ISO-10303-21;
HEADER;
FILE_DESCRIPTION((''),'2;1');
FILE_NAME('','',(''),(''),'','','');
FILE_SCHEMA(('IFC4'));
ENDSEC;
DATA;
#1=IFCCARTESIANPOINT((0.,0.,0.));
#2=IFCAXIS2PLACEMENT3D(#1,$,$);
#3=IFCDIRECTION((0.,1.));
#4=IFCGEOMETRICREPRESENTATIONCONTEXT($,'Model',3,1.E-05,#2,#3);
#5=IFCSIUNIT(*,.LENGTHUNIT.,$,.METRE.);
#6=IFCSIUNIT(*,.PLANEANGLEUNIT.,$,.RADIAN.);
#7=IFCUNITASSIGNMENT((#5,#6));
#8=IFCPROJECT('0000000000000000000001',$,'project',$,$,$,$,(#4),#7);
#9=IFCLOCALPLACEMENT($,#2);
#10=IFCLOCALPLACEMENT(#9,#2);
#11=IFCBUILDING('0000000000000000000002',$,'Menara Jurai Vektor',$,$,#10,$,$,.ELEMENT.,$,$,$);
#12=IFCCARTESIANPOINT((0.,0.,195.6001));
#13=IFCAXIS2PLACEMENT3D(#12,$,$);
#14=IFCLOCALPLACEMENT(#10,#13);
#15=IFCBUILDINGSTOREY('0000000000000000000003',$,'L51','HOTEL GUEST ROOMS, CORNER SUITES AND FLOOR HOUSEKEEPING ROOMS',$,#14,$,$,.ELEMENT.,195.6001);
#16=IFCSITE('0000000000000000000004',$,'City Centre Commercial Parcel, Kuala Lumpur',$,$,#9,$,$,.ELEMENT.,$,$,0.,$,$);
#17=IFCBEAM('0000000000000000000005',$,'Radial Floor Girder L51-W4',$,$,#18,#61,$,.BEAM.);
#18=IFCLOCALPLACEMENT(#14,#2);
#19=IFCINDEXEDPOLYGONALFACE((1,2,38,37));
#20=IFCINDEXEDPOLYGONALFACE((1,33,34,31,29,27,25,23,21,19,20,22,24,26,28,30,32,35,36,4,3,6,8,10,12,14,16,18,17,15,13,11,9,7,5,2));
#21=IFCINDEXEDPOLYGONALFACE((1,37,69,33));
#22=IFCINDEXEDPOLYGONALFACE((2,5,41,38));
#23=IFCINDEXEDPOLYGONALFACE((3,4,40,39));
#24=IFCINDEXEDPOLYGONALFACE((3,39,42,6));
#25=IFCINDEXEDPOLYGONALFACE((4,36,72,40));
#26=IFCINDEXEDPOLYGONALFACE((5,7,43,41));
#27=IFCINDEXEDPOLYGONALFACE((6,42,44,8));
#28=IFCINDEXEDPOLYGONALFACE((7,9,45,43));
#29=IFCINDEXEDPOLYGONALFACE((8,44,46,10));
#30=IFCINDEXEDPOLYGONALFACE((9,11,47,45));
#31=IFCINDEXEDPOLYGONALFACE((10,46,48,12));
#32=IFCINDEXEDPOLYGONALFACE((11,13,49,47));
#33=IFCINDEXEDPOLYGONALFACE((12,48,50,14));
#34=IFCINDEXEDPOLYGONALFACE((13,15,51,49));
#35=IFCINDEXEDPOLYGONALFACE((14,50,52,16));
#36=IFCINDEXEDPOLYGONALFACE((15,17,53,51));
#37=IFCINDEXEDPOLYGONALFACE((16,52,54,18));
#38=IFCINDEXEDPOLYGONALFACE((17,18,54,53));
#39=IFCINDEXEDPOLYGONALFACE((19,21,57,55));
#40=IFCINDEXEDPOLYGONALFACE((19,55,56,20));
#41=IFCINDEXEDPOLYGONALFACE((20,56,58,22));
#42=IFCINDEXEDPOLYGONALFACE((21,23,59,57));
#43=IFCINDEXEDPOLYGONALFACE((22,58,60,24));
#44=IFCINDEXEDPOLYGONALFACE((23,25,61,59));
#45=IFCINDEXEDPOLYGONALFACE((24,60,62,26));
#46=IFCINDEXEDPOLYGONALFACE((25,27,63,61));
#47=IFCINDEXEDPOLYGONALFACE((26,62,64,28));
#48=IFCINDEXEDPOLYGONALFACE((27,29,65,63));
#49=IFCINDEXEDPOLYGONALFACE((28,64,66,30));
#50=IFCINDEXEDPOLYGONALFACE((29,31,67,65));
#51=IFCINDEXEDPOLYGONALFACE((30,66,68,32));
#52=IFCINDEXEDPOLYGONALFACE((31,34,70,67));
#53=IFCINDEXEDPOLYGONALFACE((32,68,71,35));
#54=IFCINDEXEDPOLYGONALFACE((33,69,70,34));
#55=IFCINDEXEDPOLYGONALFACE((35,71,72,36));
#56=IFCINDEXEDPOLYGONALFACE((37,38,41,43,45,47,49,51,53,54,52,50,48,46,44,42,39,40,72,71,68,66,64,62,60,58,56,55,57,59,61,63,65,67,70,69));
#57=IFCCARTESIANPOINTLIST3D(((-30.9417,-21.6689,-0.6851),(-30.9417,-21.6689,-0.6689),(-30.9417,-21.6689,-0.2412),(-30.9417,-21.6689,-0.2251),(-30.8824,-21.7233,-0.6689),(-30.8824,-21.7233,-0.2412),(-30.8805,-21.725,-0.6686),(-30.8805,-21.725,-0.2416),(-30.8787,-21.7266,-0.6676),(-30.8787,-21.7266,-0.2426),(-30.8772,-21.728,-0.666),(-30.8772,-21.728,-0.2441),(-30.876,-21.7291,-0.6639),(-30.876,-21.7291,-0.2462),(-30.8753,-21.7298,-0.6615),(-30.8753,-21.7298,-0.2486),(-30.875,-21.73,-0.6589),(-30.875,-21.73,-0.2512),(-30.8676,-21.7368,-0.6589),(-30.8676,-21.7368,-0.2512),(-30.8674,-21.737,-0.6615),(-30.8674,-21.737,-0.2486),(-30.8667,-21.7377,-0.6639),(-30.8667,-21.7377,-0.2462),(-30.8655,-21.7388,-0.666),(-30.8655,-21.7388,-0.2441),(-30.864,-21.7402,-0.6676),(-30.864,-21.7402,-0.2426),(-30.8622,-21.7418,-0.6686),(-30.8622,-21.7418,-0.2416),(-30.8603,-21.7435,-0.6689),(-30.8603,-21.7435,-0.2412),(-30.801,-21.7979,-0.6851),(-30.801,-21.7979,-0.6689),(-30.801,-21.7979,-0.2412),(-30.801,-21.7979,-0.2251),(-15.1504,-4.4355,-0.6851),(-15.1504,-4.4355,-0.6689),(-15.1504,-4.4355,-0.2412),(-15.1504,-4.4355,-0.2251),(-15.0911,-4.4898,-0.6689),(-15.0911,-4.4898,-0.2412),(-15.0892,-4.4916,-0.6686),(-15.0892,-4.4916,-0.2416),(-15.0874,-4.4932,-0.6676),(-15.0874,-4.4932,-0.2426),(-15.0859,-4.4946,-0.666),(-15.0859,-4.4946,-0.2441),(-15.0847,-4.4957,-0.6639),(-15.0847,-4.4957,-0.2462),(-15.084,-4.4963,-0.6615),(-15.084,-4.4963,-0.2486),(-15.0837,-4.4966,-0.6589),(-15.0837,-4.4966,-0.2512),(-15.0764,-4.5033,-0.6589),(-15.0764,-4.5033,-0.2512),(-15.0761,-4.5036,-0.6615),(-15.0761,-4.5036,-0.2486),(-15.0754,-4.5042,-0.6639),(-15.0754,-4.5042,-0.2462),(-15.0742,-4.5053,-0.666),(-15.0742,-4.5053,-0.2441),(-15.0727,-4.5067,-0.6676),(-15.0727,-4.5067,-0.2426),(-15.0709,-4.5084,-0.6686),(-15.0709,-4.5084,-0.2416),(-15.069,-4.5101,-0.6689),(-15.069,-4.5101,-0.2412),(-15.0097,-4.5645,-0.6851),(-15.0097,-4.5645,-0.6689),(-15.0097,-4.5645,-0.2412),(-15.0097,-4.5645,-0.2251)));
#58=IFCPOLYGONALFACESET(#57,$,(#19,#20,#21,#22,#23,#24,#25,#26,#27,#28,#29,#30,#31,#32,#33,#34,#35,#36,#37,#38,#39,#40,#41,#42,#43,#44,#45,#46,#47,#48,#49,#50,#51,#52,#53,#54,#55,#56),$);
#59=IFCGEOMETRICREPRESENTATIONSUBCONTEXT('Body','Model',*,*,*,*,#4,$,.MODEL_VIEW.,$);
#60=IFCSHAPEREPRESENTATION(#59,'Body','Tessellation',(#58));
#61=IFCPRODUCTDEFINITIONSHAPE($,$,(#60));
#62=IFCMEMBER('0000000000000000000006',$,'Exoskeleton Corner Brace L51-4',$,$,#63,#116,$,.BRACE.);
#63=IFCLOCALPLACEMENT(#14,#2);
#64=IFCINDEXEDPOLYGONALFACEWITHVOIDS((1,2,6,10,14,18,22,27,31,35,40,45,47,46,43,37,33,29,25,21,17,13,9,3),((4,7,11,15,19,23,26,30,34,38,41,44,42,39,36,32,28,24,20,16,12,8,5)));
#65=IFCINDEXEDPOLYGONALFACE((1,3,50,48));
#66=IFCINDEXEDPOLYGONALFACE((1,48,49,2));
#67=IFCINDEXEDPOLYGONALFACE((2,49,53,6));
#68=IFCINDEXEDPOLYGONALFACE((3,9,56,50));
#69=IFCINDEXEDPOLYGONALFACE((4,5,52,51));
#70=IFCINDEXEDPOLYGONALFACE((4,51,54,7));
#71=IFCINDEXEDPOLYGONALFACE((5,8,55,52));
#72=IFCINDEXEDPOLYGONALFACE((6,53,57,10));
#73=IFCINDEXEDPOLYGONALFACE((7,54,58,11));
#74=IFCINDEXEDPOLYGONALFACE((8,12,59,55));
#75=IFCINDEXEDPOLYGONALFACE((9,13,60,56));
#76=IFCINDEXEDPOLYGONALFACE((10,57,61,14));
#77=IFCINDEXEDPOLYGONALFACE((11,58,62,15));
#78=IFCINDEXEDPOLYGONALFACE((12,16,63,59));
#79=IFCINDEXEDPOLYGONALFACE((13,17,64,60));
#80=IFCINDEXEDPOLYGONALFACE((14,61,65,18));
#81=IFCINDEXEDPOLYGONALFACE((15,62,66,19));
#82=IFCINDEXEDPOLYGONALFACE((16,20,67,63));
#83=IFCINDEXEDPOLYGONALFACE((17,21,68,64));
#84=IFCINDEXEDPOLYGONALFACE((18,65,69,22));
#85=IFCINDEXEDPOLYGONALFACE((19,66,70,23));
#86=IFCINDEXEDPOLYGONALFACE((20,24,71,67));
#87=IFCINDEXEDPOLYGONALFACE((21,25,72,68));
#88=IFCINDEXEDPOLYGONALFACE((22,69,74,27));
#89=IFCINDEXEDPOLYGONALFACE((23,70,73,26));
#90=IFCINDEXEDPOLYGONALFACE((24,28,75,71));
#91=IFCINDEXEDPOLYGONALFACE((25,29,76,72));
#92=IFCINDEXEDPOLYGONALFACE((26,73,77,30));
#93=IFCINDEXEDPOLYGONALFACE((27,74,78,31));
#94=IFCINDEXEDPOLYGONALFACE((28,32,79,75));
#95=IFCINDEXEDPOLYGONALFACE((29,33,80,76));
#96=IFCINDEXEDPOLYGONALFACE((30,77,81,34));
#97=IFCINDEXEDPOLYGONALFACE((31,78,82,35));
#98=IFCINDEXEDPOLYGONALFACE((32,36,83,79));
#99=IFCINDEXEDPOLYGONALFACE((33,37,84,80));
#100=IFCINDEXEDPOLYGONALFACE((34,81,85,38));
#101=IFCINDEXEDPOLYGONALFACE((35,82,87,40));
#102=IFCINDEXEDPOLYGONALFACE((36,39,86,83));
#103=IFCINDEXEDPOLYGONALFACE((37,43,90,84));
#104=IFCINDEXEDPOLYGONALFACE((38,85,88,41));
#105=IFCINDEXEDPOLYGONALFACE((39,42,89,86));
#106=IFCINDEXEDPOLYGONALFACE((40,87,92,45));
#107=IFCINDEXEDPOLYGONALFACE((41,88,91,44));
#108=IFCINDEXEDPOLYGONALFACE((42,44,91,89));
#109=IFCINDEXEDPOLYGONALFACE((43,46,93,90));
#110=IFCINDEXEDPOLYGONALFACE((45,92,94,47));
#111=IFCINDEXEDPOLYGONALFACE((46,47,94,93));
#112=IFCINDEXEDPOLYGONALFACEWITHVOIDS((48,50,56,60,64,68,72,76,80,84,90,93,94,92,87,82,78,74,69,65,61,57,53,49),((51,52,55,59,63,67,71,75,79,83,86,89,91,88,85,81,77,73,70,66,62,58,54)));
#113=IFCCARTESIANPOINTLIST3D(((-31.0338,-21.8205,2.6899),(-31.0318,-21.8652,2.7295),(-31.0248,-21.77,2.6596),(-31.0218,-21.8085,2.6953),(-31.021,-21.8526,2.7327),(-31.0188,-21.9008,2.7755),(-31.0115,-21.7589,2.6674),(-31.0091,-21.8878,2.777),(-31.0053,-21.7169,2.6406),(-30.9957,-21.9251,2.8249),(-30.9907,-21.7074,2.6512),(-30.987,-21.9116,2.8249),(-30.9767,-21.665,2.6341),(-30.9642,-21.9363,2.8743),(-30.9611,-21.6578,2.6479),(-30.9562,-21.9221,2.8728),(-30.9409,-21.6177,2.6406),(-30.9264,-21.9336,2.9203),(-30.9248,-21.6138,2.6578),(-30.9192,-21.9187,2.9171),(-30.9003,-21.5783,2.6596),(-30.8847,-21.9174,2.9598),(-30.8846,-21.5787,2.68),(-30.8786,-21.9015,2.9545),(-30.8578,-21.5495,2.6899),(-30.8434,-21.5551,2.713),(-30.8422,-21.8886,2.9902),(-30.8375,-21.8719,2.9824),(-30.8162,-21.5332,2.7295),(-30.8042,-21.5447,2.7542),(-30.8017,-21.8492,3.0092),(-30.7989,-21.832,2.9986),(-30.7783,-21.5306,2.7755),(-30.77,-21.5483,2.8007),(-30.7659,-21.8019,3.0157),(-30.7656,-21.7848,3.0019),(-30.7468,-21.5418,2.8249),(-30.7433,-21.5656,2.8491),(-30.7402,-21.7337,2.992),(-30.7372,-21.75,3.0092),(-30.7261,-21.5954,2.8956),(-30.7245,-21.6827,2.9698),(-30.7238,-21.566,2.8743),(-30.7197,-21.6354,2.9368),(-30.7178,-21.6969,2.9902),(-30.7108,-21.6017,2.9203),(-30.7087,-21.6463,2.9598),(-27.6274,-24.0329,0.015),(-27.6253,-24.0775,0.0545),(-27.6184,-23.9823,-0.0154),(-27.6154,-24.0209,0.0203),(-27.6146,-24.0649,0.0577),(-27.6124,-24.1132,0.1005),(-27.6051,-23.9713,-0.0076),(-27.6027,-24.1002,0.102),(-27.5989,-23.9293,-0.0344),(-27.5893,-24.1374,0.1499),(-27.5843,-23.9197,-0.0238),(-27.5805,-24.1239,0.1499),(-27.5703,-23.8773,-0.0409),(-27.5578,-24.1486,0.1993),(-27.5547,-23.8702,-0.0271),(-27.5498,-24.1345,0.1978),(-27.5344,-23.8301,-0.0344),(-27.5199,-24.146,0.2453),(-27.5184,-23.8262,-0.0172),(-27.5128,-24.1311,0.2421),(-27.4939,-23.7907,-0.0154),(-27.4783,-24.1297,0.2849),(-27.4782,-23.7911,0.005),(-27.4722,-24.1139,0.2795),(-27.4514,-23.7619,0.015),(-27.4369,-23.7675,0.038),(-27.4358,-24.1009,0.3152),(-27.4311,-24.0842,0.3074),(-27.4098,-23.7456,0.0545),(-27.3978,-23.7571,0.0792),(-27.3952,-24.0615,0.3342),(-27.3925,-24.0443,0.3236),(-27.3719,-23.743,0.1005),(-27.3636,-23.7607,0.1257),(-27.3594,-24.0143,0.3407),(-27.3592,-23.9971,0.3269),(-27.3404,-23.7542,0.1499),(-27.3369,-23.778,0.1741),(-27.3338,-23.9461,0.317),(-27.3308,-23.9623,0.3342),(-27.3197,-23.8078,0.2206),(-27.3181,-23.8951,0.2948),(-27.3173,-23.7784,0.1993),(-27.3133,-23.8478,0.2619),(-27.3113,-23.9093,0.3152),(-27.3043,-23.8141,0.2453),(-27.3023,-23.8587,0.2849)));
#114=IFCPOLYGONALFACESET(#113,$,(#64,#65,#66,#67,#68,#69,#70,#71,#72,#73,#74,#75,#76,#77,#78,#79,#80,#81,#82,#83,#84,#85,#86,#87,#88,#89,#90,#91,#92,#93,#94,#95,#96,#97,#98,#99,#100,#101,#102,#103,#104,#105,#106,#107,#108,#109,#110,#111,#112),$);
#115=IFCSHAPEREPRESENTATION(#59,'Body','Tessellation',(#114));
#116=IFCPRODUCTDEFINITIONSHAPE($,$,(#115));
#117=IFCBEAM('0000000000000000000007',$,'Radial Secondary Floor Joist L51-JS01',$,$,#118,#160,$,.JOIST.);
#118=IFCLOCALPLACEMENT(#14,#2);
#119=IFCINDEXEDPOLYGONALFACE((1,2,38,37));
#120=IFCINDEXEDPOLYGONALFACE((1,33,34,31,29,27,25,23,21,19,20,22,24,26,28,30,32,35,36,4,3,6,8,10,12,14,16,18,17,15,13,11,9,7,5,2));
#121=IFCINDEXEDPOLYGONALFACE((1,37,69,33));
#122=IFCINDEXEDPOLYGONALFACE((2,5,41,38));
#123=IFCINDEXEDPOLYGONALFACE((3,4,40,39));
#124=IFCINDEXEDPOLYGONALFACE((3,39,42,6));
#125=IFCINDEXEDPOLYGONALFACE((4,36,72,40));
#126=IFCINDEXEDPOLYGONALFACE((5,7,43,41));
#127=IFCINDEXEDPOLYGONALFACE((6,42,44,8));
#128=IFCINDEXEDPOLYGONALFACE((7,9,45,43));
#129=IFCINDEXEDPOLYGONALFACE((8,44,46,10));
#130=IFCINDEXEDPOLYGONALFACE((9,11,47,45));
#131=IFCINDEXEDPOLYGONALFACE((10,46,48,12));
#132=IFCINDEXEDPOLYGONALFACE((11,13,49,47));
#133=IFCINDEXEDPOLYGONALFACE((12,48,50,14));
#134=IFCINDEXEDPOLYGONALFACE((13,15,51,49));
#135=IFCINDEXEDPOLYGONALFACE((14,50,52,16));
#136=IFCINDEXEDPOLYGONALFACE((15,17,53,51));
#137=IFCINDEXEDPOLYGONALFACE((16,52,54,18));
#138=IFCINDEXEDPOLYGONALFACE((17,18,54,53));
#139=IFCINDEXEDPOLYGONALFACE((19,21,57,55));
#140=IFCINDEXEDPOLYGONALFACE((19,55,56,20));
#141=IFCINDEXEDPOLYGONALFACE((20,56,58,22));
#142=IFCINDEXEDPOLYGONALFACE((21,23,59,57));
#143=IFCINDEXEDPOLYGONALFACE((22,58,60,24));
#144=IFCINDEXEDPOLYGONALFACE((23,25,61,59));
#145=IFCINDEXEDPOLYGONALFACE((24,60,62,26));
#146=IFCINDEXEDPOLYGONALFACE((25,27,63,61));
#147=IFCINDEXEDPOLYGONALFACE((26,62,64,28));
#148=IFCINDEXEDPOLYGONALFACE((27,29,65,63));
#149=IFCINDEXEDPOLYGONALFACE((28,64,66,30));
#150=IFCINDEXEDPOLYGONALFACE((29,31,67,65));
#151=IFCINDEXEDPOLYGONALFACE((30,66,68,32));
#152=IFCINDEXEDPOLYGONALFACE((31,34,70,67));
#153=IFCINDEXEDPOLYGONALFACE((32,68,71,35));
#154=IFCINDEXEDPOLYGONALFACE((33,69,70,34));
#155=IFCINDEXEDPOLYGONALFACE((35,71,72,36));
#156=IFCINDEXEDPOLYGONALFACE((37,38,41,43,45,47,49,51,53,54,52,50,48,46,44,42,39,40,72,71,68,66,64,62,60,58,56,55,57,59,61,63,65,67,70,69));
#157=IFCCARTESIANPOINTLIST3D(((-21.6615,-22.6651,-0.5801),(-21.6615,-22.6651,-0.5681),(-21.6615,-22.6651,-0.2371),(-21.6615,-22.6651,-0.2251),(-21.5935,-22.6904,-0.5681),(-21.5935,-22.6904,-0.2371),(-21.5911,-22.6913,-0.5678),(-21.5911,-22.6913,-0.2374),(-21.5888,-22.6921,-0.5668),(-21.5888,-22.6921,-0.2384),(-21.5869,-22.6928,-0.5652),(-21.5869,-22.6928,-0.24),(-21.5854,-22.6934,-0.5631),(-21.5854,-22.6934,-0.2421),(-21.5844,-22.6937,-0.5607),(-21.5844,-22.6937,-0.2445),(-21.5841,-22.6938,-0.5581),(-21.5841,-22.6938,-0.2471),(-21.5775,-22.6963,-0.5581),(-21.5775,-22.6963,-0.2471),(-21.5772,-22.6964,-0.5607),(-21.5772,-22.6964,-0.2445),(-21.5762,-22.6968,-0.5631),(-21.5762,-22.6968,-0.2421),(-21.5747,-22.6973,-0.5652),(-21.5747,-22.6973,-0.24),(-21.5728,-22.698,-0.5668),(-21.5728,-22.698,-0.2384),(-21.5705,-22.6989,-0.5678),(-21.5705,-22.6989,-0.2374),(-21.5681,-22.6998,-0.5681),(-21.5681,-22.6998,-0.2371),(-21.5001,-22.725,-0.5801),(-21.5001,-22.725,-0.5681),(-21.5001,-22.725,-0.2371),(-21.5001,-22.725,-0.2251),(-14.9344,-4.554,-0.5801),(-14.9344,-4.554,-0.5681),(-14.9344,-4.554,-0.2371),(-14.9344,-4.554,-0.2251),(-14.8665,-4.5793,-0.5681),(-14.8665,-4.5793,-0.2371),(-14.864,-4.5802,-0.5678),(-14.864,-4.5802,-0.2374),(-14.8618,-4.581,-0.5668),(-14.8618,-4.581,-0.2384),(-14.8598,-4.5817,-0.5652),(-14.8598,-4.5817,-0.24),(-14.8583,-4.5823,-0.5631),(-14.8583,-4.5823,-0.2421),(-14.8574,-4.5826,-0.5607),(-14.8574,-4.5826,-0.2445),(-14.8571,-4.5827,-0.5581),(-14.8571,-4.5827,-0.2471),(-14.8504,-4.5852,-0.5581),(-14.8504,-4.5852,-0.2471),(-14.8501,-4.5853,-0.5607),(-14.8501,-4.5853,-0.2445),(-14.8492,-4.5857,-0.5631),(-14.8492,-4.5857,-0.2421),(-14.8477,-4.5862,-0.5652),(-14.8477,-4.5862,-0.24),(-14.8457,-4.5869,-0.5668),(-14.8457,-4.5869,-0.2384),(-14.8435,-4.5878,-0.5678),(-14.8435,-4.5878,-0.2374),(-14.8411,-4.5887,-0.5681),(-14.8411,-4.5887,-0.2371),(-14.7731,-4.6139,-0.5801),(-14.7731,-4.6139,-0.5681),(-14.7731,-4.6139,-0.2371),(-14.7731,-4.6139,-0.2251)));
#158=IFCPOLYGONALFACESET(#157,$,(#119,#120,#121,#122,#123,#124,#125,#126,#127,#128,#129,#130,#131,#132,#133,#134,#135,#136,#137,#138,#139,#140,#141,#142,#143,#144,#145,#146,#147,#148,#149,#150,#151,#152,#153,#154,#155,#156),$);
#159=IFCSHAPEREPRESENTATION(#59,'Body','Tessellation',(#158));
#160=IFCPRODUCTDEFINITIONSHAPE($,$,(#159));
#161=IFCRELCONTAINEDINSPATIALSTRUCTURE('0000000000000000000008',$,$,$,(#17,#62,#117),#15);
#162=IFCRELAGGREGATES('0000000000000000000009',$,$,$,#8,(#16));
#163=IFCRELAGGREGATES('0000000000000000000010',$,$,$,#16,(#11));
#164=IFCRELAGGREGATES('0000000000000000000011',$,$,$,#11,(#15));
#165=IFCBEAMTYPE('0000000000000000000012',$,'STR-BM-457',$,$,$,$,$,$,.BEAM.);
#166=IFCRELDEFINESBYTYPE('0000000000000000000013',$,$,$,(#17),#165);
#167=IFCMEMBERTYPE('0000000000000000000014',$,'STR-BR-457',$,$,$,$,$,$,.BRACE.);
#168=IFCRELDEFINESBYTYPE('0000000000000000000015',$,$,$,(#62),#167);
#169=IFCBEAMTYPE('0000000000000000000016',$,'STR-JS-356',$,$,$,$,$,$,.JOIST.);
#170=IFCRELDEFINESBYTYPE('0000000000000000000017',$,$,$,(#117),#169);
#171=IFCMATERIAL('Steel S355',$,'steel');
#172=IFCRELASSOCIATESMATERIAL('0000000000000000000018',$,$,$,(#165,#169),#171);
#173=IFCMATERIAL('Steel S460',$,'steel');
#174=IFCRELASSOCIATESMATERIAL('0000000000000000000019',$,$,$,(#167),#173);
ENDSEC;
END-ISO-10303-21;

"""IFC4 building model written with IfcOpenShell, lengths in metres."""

from ifc_helpers import new_model, si_unit, direction, frame, origin, origin_2d, place, context, subcontext, project, spatial, hollow_circle, i_section, extrude, material, material_profile, profile_set, type_object, element, save


model = new_model("IFC4")

# Units and contexts
model_context = context("Model", 3, precision=1e-05, world=origin(), true_north=direction((0.0, 1.0)))
body_context = subcontext(model_context, "Body", "Model", "MODEL_VIEW")
ifc_project = project(units=[si_unit("LENGTHUNIT", "METRE"), si_unit("PLANEANGLEUNIT", "RADIAN")], contexts=[model_context])

# Site, building, storey
site_placement = place(None, origin())
site = spatial("IfcSite", under=ifc_project, at=site_placement, Name="City Centre Commercial Parcel, Kuala Lumpur", CompositionType="ELEMENT", RefElevation=0.0)
building_placement = place(site_placement, origin())
building = spatial("IfcBuilding", under=site, at=building_placement, Name="Menara Jurai Vektor", CompositionType="ELEMENT")
storey_placement = place(building_placement, frame((0.0, 0.0, 195.6001)))
storey = spatial("IfcBuildingStorey", under=building, at=storey_placement, Name="L51", Description="HOTEL GUEST ROOMS, CORNER SUITES AND FLOOR HOUSEKEEPING ROOMS", CompositionType="ELEMENT", Elevation=195.6001)

# Shared definitions
ifc_material_1 = material(Name="Steel S460", Category="steel")

# Beam
ifc_material_2 = material(Name="Steel S355", Category="steel")
ifc_material_profile_1 = material_profile(ifc_material_2, i_section(OverallWidth=0.1909, OverallDepth=0.46, WebThickness=0.01, FlangeThickness=0.0161, FilletRadius=0.01, at=origin_2d()), Name="UKB 457x191x82")
ifc_profile_set_1 = profile_set([ifc_material_profile_1], Name="Steel S355")
beam_type_1 = type_object("IfcBeamType", Name="STR-BM-457", PredefinedType="BEAM", material=ifc_profile_set_1)
beam_1_placement = place(storey_placement, frame((-30.8713, -21.7334, -0.4551), z_axis=(0.675585, 0.737282, 0.0), x_axis=(-0.737282, 0.675585, 0.0)))
element("IfcBeam", 1, at=beam_1_placement, inside=storey, type_object=beam_type_1, Name="Radial Floor Girder L51-W4", PredefinedType="BEAM", context=body_context, shape_type="SweptSolid", body=[
    extrude(i_section(OverallWidth=0.1909, OverallDepth=0.46, WebThickness=0.01, FlangeThickness=0.0161, FilletRadius=0.01, at=origin_2d()), origin(), (0.0, 0.0, 1.0), 23.3743),
])

# Member
ifc_material_profile_2 = material_profile(ifc_material_1, hollow_circle(Radius=0.2285, WallThickness=0.0161, at=origin_2d()), Name="CHS 457x16")
ifc_profile_set_2 = profile_set([ifc_material_profile_2], Name="Steel S460")
member_type_1 = type_object("IfcMemberType", Name="STR-BR-457", PredefinedType="BRACE", material=ifc_profile_set_2)
member_1_placement = place(storey_placement, frame((-27.4648, -23.9458, 0.1499), z_axis=(-0.700403, 0.454888, 0.550012), x_axis=(-0.544674, -0.838648, 0.0)))
element("IfcMember", 2, at=member_1_placement, inside=storey, type_object=member_type_1, Name="Exoskeleton Corner Brace L51-4", PredefinedType="BRACE", context=body_context, shape_type="SweptSolid", body=[
    extrude(hollow_circle(Radius=0.2285, WallThickness=0.0161, at=origin_2d()), origin(), (0.0, 0.0, 1.0), 4.8635),
])

# Beam
ifc_material_profile_3 = material_profile(ifc_material_2, i_section(OverallWidth=0.1721, OverallDepth=0.355, WebThickness=0.0071, FlangeThickness=0.012, FilletRadius=0.01, at=origin_2d()), Name="UKB 356x171x51")
ifc_profile_set_3 = profile_set([ifc_material_profile_3], Name="Steel S355")
beam_type_2 = type_object("IfcBeamType", Name="STR-JS-356", PredefinedType="JOIST", material=ifc_profile_set_3)
beam_2_placement = place(storey_placement, frame((-21.5808, -22.6951, -0.4026), z_axis=(0.34819, 0.937424, 0.0), x_axis=(-0.937424, 0.34819, 0.0)))
element("IfcBeam", 3, at=beam_2_placement, inside=storey, type_object=beam_type_2, Name="Radial Secondary Floor Joist L51-JS01", PredefinedType="JOIST", context=body_context, shape_type="SweptSolid", body=[
    extrude(i_section(OverallWidth=0.1721, OverallDepth=0.355, WebThickness=0.0071, FlangeThickness=0.012, FilletRadius=0.01, at=origin_2d()), origin(), (0.0, 0.0, 1.0), 19.3201),
])

save(model, "model.ifc")
